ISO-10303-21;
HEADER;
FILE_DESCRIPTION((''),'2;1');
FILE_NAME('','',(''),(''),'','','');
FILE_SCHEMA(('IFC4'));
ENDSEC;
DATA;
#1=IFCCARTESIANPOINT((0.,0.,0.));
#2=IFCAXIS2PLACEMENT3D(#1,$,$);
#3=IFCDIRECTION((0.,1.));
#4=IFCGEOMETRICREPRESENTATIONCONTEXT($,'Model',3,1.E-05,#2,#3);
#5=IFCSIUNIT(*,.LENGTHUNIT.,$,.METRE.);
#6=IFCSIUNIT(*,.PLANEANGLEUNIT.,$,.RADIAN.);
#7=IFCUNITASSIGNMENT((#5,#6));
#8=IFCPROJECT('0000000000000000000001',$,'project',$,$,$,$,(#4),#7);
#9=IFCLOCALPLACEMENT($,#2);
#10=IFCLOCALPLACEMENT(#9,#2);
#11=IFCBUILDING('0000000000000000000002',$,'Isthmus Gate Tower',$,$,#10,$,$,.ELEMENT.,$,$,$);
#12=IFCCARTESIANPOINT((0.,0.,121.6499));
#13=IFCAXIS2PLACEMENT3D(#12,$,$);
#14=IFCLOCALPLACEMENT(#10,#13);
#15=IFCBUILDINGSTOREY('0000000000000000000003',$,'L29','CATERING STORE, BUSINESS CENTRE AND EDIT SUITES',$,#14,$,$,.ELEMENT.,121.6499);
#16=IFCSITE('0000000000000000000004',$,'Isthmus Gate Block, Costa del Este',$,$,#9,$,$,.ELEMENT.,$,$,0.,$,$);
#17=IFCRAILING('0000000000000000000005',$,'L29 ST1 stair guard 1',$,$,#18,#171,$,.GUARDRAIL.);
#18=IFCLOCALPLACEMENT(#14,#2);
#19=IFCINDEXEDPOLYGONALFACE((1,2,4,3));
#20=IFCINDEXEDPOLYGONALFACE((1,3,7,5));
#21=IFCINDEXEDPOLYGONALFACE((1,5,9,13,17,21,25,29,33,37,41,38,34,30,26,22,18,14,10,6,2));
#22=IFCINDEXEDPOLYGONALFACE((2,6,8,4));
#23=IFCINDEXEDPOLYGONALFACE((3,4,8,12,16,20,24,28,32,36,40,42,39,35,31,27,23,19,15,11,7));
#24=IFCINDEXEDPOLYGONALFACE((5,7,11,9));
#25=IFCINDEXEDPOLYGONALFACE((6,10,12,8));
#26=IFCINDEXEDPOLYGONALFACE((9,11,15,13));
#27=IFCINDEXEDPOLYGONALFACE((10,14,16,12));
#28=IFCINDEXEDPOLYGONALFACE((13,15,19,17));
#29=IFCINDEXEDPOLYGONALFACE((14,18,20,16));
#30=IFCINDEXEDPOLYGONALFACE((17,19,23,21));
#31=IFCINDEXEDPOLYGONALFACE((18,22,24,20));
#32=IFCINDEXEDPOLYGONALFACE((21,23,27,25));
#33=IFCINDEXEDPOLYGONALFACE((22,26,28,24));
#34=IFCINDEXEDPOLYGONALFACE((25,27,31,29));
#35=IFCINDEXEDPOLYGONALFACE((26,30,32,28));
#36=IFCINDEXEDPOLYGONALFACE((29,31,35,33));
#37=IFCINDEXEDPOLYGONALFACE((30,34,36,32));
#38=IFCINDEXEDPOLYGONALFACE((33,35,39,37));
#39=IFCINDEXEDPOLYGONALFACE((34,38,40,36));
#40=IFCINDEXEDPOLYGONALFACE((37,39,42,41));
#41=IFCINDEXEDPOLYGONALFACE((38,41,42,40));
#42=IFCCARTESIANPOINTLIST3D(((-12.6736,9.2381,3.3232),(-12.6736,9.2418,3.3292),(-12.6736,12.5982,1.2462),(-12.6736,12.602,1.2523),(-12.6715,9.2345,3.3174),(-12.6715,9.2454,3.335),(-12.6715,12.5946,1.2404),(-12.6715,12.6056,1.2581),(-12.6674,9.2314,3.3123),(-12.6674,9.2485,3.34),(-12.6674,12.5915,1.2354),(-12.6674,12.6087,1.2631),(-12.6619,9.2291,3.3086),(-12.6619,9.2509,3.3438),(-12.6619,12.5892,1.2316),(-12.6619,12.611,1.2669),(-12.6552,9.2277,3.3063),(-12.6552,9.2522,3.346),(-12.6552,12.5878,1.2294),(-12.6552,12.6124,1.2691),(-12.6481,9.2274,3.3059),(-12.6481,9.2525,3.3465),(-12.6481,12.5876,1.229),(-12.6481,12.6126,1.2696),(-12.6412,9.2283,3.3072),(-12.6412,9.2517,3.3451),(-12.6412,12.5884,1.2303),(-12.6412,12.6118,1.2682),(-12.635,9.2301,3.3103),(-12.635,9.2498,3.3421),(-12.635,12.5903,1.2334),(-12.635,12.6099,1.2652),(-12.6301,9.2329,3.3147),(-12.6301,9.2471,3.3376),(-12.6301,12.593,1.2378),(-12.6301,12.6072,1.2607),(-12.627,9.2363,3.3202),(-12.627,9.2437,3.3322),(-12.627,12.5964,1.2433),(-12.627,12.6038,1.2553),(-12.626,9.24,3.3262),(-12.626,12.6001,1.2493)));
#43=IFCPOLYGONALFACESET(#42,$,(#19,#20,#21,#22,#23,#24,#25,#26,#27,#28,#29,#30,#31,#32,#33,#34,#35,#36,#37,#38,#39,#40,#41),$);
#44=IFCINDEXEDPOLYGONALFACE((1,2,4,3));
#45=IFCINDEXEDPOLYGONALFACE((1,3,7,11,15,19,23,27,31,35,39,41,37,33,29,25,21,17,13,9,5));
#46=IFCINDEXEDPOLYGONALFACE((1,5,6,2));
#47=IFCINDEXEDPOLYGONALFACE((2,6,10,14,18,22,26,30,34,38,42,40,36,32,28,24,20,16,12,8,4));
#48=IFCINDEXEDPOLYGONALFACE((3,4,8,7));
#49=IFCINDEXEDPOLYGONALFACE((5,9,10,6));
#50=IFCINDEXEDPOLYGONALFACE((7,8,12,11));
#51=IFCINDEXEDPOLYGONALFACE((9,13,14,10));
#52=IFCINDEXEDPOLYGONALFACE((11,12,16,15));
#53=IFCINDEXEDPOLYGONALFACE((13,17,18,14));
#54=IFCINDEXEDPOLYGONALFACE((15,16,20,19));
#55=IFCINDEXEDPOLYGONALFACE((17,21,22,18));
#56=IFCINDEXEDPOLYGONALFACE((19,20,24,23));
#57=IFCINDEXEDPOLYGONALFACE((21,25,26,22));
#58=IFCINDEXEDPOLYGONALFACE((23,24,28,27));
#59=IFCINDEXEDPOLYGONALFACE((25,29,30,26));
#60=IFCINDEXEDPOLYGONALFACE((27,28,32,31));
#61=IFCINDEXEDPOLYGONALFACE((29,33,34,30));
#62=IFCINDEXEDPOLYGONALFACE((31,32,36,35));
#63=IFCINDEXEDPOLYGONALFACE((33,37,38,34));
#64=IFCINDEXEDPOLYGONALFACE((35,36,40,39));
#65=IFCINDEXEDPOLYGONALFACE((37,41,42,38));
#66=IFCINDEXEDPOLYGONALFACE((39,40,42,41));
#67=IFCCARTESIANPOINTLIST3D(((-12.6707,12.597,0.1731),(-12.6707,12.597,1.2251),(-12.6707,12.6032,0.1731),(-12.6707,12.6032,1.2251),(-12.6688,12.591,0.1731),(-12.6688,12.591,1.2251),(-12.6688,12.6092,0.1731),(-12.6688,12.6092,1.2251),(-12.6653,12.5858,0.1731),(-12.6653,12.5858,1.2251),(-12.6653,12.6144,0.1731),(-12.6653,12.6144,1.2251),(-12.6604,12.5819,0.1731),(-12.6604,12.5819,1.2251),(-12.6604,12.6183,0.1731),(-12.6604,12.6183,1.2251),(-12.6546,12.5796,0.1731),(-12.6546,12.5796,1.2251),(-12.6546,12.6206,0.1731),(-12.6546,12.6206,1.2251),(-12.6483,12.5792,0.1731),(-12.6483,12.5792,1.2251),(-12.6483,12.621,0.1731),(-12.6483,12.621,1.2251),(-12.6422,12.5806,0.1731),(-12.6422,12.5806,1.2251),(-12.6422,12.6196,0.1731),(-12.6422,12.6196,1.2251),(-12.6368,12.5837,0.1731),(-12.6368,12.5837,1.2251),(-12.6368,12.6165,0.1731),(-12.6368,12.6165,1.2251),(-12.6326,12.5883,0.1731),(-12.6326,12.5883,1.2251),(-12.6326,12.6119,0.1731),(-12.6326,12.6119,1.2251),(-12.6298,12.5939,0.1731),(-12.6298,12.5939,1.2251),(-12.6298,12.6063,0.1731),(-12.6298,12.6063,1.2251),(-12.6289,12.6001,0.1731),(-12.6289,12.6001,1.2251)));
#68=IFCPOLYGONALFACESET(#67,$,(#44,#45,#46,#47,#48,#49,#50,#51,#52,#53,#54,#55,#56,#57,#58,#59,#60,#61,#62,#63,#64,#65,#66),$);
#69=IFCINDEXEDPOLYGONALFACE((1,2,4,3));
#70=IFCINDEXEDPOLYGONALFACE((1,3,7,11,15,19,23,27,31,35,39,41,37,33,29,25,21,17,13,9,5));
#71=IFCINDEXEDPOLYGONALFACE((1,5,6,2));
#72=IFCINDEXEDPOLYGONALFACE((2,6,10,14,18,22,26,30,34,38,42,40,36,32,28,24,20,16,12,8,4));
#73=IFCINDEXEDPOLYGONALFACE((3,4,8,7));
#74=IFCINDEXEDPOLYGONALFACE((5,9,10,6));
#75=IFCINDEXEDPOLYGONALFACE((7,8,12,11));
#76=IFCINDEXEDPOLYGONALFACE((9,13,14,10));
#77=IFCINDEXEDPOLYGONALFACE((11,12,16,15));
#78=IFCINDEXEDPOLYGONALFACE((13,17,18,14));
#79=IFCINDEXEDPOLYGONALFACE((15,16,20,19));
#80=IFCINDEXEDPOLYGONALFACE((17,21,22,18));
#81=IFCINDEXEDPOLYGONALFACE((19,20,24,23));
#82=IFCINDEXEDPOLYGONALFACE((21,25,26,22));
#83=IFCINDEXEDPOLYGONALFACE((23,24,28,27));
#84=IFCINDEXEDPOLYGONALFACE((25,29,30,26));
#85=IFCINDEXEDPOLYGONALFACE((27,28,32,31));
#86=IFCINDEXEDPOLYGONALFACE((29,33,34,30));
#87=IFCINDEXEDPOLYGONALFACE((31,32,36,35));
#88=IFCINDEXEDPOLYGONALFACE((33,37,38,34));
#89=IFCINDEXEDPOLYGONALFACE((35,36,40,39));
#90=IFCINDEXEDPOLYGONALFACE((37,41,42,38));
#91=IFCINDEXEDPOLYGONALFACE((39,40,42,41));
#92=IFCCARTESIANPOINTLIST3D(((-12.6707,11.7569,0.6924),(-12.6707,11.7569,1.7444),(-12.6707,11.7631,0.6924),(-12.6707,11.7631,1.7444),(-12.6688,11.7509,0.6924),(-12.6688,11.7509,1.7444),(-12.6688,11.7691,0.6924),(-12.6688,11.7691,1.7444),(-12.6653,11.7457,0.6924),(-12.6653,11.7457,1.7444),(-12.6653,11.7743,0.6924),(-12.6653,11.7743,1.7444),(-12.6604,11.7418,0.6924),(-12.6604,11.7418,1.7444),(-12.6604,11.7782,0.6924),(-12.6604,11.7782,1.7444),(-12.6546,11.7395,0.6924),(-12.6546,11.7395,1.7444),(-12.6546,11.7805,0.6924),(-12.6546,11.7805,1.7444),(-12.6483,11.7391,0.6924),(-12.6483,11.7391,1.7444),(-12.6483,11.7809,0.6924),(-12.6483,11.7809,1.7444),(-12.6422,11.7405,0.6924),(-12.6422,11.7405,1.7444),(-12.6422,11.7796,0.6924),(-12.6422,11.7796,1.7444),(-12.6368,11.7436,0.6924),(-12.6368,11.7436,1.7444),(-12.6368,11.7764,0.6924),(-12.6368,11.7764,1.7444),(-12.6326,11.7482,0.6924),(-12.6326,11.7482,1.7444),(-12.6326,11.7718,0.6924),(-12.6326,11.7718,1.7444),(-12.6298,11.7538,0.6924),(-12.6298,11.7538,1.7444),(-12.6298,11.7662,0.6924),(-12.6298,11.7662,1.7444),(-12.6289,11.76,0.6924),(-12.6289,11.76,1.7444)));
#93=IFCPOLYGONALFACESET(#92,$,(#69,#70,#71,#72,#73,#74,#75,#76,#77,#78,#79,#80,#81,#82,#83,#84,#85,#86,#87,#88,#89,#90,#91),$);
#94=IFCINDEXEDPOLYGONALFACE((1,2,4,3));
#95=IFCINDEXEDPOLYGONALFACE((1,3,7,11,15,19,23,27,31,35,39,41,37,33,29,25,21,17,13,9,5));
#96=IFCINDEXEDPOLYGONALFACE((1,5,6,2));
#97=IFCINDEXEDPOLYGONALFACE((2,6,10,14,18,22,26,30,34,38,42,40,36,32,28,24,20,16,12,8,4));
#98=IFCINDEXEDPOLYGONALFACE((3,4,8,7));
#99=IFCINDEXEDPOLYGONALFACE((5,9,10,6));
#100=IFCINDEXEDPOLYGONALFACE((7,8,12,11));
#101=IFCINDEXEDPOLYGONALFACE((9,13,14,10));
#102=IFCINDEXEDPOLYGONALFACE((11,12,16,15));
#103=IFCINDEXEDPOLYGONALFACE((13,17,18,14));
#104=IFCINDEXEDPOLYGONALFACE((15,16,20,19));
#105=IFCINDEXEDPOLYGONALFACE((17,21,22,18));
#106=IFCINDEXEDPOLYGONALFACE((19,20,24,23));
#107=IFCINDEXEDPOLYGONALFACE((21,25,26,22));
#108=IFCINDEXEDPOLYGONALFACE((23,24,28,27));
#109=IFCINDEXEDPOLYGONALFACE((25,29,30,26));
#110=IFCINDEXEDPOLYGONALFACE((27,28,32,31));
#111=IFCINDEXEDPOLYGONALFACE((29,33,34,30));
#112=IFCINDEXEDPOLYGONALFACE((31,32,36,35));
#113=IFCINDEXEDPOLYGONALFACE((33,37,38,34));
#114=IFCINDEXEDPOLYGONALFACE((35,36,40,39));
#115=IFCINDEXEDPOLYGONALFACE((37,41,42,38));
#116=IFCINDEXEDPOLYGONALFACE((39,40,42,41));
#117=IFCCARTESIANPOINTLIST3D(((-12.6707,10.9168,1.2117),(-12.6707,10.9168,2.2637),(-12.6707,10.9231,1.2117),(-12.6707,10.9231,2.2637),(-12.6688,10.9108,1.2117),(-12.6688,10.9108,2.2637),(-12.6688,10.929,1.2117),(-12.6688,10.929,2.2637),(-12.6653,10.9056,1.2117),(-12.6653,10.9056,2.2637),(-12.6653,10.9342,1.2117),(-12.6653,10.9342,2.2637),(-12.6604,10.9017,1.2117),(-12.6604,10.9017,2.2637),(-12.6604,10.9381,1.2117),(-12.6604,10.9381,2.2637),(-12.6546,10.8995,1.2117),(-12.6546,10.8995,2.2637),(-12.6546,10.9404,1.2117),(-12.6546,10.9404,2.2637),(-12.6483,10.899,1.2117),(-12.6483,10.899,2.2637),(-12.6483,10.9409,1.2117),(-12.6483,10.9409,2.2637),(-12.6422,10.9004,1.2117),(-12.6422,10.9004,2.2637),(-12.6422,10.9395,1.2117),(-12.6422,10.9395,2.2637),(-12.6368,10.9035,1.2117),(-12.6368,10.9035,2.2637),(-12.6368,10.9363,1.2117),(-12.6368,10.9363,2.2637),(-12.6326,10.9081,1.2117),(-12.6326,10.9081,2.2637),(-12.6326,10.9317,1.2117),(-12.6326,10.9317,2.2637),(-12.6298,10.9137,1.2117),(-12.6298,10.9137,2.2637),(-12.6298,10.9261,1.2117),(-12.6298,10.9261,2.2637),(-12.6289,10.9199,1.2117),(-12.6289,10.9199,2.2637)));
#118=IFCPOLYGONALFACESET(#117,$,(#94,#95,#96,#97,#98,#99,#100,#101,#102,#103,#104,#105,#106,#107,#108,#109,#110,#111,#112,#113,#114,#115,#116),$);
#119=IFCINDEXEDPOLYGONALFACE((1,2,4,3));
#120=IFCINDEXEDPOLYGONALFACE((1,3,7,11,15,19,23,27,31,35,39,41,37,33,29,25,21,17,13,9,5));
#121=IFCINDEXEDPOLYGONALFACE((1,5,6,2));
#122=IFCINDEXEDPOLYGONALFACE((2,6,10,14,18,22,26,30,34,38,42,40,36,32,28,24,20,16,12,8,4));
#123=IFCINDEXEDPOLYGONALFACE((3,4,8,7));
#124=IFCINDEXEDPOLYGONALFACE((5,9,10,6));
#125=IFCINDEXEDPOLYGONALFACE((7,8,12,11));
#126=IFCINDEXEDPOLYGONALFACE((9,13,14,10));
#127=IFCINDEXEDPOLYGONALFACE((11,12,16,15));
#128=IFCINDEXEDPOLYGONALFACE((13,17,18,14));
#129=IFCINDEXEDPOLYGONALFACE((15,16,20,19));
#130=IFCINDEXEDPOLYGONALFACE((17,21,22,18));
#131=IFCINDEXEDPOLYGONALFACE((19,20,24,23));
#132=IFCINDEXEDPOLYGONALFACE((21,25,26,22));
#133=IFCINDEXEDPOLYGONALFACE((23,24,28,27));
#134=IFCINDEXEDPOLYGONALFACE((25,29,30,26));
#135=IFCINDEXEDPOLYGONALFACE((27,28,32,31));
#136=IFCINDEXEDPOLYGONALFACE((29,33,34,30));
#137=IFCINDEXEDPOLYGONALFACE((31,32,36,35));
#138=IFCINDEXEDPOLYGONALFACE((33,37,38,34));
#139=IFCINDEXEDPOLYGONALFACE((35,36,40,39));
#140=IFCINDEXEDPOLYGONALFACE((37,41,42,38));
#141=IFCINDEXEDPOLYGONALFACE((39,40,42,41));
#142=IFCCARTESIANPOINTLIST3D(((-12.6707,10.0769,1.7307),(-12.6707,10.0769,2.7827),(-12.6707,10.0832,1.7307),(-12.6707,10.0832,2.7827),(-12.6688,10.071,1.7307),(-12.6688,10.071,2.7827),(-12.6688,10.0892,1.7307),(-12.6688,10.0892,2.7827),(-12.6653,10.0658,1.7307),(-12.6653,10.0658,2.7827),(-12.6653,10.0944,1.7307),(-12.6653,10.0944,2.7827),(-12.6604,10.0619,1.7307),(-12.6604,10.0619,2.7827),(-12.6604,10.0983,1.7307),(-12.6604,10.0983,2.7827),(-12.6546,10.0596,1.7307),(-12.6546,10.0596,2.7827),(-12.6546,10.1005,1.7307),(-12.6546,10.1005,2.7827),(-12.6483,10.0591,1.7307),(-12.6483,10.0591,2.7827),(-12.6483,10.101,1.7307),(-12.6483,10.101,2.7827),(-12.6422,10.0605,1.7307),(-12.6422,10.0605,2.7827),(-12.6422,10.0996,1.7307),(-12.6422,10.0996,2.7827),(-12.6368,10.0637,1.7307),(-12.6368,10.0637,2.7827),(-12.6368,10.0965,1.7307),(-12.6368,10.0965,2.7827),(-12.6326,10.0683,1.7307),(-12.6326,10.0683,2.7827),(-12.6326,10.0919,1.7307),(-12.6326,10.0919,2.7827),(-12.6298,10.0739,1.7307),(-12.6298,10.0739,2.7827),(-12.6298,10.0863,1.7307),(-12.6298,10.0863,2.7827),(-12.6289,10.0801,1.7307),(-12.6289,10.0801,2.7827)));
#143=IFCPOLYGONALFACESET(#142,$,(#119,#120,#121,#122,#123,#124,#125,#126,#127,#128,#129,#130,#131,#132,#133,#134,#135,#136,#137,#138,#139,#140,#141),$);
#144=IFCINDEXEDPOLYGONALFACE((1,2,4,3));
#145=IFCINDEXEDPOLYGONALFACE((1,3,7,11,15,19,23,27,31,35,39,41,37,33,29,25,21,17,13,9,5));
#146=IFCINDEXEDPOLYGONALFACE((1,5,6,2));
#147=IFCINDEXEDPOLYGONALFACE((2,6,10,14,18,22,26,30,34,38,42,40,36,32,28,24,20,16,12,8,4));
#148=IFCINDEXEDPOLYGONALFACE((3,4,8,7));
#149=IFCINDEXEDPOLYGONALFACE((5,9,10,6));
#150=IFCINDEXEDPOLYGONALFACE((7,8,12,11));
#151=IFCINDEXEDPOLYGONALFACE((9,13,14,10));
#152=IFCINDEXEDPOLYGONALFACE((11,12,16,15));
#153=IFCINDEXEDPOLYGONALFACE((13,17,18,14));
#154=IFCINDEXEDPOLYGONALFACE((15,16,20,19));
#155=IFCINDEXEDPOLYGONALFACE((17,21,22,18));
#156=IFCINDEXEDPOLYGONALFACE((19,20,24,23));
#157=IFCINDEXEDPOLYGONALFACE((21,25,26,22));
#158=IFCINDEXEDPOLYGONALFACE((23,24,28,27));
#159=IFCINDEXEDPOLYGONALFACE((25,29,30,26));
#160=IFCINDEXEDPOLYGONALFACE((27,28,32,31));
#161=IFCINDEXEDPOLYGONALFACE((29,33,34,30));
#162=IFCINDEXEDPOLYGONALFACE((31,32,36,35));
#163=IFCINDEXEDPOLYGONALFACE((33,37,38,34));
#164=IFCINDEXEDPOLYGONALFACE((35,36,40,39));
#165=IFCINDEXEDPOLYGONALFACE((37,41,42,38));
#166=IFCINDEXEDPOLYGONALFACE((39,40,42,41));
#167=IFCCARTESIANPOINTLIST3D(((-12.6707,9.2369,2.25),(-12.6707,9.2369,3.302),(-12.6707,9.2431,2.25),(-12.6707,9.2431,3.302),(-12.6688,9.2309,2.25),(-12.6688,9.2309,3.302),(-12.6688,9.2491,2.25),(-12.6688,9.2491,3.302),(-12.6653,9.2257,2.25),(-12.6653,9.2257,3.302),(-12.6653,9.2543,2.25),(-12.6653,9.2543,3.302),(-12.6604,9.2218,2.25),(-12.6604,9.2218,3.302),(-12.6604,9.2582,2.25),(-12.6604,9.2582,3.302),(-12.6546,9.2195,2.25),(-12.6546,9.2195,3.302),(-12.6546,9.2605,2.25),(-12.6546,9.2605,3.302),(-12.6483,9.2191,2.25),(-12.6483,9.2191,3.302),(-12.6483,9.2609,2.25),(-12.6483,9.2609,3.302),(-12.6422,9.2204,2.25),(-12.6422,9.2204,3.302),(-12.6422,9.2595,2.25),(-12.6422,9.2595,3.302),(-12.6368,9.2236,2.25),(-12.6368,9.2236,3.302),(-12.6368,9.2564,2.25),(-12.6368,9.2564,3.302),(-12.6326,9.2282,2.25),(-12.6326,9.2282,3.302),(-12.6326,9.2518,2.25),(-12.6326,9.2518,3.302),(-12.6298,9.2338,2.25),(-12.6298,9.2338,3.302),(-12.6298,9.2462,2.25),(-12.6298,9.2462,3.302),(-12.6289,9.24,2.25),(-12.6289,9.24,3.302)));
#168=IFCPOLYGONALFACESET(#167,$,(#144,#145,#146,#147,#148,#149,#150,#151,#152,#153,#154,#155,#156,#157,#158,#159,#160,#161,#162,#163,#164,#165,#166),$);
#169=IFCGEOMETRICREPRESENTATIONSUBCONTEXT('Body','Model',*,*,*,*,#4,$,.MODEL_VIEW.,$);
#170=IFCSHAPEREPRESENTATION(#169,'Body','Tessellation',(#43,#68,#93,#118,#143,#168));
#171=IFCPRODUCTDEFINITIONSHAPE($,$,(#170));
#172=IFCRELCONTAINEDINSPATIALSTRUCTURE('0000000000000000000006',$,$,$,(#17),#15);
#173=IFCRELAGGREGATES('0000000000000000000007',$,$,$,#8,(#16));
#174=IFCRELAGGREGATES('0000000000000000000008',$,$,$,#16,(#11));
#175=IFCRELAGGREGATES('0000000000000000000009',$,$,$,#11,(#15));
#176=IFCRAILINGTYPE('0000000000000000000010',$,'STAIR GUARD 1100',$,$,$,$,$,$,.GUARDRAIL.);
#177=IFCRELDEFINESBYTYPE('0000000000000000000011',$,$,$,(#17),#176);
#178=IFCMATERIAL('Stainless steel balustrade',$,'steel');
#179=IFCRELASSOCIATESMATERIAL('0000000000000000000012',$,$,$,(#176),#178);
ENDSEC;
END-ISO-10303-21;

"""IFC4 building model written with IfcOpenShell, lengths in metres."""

from ifc_helpers import new_model, si_unit, direction, frame, origin, origin_2d, place, context, subcontext, project, spatial, circle, extrude, material, type_object, element, save


model = new_model("IFC4")

# Units and contexts
model_context = context("Model", 3, precision=1e-05, world=origin(), true_north=direction((0.0, 1.0)))
body_context = subcontext(model_context, "Body", "Model", "MODEL_VIEW")
ifc_project = project(units=[si_unit("LENGTHUNIT", "METRE"), si_unit("PLANEANGLEUNIT", "RADIAN")], contexts=[model_context])

# Site, building, storey
site_placement = place(None, origin())
site = spatial("IfcSite", under=ifc_project, at=site_placement, Name="Isthmus Gate Block, Costa del Este", CompositionType="ELEMENT", RefElevation=0.0)
building_placement = place(site_placement, origin())
building = spatial("IfcBuilding", under=site, at=building_placement, Name="Isthmus Gate Tower", CompositionType="ELEMENT")
storey_placement = place(building_placement, frame((0.0, 0.0, 121.6499)))
storey = spatial("IfcBuildingStorey", under=building, at=storey_placement, Name="L29", Description="CATERING STORE, BUSINESS CENTRE AND EDIT SUITES", CompositionType="ELEMENT", Elevation=121.6499)

# Railing
ifc_material_1 = material(Name="Stainless steel balustrade", Category="steel")
railing_type = type_object("IfcRailingType", Name="STAIR GUARD 1100", PredefinedType="GUARDRAIL", material=ifc_material_1)
railing_1_placement = place(storey_placement, frame((-12.6499, 12.6001, 0.1731)))
element("IfcRailing", 1, at=railing_1_placement, inside=storey, type_object=railing_type, Name="L29 ST1 stair guard 1", PredefinedType="GUARDRAIL", context=body_context, shape_type="SweptSolid", body=[
    extrude(circle(Radius=0.0239, at=origin_2d()), frame((0.0, 0.0, 1.0762), z_axis=(0.0, -0.850623, 0.525776), x_axis=(1.0, 0.0, 0.0)), (0.0, 0.0, 1.0), 3.9502),
    extrude(circle(Radius=0.021, at=origin_2d()), origin(), (0.0, 0.0, 1.0), 1.052),
    extrude(circle(Radius=0.021, at=origin_2d()), frame((0.0, -0.8401, 0.5193)), (0.0, 0.0, 1.0), 1.052),
    extrude(circle(Radius=0.021, at=origin_2d()), frame((0.0, -1.6802, 1.0386)), (0.0, 0.0, 1.0), 1.052),
    extrude(circle(Radius=0.021, at=origin_2d()), frame((0.0, -2.52, 1.5576)), (0.0, 0.0, 1.0), 1.052),
    extrude(circle(Radius=0.021, at=origin_2d()), frame((0.0, -3.3601, 2.0769)), (0.0, 0.0, 1.0), 1.052),
])

save(model, "model.ifc")
